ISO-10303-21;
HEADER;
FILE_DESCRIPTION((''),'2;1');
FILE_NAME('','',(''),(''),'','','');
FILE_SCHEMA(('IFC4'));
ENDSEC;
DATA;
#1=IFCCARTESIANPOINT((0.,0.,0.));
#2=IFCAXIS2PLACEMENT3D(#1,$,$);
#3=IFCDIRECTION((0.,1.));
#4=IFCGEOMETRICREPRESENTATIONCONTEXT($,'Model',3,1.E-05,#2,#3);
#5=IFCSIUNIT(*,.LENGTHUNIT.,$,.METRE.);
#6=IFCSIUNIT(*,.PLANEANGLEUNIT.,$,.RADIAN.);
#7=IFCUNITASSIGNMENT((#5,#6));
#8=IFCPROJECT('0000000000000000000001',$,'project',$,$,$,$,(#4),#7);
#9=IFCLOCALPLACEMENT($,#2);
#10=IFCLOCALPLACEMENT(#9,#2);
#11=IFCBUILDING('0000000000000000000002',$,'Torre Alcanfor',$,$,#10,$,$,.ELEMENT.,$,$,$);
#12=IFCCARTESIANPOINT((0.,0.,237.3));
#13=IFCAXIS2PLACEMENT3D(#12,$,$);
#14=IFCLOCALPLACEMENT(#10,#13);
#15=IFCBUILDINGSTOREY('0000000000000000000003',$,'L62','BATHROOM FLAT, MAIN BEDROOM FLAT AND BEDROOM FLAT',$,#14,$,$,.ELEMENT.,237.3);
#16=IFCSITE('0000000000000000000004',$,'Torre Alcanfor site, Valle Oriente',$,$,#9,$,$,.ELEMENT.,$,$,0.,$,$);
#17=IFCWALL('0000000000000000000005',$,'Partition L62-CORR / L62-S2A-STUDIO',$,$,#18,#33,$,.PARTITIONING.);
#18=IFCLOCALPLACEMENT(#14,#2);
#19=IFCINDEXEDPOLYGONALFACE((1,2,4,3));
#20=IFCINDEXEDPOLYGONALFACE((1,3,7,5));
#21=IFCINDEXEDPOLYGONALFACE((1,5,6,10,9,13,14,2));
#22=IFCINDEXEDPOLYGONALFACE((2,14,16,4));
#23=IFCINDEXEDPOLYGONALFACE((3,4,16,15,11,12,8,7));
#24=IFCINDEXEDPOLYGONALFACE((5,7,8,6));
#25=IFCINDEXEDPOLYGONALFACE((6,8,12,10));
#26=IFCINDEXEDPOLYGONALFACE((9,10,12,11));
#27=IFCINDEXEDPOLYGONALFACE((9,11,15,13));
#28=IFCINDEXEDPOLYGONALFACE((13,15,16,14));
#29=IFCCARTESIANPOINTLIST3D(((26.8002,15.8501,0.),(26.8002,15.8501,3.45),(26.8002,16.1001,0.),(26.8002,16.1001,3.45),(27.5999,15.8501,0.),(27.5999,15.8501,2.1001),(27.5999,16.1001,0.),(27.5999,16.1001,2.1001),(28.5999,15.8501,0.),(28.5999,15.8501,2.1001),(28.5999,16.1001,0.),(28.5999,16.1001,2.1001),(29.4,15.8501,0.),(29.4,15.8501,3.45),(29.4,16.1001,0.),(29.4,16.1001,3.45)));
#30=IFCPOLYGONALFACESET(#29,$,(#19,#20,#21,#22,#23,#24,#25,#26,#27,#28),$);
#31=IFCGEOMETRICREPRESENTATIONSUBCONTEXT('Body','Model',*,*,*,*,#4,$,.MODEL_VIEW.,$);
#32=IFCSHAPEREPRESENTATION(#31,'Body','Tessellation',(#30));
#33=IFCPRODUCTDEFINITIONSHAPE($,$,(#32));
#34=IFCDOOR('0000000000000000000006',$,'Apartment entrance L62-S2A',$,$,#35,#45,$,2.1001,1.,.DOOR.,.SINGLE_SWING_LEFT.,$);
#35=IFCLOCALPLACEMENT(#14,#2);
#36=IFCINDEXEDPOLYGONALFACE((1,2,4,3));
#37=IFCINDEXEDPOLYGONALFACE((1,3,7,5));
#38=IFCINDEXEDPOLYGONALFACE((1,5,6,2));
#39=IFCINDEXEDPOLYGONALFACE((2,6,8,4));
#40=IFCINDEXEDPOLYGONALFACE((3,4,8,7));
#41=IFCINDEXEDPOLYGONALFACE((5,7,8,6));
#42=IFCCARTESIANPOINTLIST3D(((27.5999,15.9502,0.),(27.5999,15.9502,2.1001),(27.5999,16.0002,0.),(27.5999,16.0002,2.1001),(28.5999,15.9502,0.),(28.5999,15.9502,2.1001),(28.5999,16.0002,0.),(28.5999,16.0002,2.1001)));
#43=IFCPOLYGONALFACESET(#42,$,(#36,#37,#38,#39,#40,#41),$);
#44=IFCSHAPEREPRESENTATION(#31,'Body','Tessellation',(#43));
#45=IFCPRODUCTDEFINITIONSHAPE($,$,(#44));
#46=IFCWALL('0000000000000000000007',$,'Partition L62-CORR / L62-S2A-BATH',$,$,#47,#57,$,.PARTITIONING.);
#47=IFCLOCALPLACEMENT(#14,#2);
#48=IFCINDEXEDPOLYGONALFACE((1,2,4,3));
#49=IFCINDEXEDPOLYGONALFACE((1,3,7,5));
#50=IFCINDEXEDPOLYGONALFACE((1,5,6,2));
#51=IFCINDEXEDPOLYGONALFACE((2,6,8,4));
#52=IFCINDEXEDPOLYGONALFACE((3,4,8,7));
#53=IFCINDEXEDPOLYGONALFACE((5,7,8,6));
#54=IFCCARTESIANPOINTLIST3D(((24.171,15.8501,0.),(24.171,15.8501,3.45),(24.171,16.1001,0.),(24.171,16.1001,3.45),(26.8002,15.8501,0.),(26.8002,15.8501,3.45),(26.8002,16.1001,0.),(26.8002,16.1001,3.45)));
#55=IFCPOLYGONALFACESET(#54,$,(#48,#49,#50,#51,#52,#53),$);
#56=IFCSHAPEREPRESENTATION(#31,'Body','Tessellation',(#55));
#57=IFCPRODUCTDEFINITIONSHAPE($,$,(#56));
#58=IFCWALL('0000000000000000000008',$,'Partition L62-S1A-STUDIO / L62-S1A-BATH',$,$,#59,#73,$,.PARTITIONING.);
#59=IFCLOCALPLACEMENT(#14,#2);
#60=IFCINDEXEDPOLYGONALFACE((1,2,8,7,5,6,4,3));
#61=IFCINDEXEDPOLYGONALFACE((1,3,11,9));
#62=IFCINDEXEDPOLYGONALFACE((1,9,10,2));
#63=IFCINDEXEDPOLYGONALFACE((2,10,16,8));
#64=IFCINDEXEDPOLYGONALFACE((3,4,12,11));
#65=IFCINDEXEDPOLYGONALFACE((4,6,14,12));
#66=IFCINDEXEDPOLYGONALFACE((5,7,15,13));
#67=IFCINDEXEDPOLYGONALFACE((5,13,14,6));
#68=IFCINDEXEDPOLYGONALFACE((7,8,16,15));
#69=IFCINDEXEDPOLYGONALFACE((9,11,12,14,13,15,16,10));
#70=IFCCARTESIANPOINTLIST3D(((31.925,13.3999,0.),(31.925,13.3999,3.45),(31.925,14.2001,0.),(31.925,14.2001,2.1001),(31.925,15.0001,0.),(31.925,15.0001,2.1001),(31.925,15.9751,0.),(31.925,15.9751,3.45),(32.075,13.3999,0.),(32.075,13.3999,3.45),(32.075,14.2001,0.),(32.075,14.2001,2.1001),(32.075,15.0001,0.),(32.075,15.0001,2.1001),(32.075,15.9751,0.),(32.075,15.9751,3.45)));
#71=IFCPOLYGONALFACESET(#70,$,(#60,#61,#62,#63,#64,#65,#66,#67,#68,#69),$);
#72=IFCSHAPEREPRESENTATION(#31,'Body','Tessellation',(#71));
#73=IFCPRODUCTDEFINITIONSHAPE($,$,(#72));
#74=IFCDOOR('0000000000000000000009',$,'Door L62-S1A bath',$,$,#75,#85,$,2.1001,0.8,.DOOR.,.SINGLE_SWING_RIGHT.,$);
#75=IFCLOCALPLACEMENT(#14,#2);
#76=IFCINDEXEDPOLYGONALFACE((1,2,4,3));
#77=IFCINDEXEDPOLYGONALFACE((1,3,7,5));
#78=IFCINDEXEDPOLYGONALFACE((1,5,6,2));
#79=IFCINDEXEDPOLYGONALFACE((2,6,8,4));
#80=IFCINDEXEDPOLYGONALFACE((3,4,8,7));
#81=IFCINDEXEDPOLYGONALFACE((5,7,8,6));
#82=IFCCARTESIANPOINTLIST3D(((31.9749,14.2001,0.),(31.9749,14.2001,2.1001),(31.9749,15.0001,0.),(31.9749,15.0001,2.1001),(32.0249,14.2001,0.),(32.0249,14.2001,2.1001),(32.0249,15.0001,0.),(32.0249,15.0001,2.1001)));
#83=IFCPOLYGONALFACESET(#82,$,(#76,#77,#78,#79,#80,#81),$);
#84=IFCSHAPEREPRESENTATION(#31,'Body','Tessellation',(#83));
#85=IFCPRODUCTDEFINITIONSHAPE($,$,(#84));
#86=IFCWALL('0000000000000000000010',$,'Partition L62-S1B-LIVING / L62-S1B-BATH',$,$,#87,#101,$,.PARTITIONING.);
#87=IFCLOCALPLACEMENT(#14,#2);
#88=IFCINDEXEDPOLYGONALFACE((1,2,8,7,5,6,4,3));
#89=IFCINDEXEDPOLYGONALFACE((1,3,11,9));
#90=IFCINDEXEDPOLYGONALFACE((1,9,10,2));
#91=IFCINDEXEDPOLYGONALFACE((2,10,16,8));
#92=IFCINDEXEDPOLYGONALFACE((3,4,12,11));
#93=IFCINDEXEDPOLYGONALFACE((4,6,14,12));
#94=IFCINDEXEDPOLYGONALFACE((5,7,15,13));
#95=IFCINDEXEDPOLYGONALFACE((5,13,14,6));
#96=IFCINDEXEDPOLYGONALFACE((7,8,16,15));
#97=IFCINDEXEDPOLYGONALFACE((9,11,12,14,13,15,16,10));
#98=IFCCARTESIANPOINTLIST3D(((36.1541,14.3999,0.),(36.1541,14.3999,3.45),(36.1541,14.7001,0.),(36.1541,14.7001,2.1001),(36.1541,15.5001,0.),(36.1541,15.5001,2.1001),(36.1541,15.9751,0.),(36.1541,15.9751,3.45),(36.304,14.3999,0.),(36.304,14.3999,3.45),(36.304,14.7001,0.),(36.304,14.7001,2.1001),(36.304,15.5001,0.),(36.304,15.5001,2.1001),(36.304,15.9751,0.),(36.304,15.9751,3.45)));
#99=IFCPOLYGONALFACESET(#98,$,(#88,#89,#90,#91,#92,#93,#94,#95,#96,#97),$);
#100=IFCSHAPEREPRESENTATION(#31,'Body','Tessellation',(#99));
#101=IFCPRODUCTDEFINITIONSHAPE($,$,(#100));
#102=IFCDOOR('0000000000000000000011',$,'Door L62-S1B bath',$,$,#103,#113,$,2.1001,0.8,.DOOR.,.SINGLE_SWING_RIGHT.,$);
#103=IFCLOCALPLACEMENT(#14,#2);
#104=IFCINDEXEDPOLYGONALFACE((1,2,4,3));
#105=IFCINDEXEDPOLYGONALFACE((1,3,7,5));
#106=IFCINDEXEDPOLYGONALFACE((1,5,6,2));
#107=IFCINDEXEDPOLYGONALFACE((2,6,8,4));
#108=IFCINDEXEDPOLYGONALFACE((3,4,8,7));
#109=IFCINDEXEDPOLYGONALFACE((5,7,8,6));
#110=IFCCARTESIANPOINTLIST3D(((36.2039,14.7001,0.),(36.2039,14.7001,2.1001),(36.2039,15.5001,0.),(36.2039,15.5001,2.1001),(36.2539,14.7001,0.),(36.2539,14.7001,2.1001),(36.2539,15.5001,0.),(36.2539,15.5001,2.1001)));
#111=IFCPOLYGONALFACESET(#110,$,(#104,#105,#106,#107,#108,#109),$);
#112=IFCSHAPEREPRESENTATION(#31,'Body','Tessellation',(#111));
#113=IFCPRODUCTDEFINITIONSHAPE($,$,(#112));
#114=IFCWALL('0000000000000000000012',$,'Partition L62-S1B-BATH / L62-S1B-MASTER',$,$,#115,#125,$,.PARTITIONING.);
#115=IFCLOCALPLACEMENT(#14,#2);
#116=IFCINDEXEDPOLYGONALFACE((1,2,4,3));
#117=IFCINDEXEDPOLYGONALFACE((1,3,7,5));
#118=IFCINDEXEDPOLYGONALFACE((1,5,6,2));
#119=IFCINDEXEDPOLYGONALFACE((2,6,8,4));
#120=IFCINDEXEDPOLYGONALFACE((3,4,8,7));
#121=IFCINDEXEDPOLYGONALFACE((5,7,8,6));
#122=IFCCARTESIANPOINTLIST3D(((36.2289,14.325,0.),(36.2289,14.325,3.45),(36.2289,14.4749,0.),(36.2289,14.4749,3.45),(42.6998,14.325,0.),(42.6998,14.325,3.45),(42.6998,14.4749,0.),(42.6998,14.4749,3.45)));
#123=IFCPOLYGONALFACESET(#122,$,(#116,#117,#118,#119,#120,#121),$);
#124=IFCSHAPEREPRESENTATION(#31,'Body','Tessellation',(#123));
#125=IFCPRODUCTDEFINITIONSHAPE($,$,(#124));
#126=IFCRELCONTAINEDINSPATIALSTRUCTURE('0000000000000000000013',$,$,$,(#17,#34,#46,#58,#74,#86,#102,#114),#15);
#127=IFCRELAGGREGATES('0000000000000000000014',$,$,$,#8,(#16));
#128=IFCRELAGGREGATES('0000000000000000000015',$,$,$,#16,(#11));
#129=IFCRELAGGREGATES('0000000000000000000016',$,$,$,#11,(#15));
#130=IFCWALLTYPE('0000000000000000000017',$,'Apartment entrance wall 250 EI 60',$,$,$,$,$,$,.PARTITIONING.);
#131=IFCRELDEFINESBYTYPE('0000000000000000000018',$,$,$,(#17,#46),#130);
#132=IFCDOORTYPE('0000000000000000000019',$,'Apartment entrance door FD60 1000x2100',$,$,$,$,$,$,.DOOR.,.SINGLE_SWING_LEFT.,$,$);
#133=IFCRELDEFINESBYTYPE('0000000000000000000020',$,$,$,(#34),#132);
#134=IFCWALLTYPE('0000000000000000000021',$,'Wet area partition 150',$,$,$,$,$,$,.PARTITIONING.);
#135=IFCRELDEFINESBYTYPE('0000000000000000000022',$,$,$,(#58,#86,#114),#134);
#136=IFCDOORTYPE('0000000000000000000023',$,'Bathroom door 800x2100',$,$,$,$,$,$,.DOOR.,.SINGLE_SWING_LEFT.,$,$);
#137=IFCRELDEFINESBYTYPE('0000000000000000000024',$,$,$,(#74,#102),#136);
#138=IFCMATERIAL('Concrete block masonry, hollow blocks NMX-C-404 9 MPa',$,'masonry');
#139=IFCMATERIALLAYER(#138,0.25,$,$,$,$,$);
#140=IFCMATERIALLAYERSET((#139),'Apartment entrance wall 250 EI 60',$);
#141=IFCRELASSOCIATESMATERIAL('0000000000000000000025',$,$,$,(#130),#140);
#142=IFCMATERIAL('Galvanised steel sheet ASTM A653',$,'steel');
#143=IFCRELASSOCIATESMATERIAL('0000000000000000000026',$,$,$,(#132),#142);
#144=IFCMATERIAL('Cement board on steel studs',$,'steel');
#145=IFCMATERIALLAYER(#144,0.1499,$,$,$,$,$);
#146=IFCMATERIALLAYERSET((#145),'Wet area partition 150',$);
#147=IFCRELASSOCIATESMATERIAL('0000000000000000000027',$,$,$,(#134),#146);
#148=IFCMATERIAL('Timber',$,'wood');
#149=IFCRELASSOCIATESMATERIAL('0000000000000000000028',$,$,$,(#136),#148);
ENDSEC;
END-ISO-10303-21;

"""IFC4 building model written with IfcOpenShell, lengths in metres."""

from ifc_helpers import new_model, si_unit, direction, frame, frame_2d, origin, place, context, subcontext, project, spatial, rectangle, extrude, material, layer, layer_set, type_object, element, fill, save


model = new_model("IFC4")

# Units and contexts
model_context = context("Model", 3, precision=1e-05, world=origin(), true_north=direction((0.0, 1.0)))
body_context = subcontext(model_context, "Body", "Model", "MODEL_VIEW")
ifc_project = project(units=[si_unit("LENGTHUNIT", "METRE"), si_unit("PLANEANGLEUNIT", "RADIAN")], contexts=[model_context])

# Site, building, storey
site_placement = place(None, origin())
site = spatial("IfcSite", under=ifc_project, at=site_placement, Name="Torre Alcanfor site, Valle Oriente", CompositionType="ELEMENT", RefElevation=0.0)
building_placement = place(site_placement, origin())
building = spatial("IfcBuilding", under=site, at=building_placement, Name="Torre Alcanfor", CompositionType="ELEMENT")
storey_placement = place(building_placement, frame((0.0, 0.0, 237.3)))
storey = spatial("IfcBuildingStorey", under=building, at=storey_placement, Name="L62", Description="BATHROOM FLAT, MAIN BEDROOM FLAT AND BEDROOM FLAT", CompositionType="ELEMENT", Elevation=237.3)

# Shared definitions
ifc_material_1 = material(Name="Concrete block masonry, hollow blocks NMX-C-404 9 MPa", Category="masonry")
ifc_layer_1 = layer(ifc_material_1, 0.25)
ifc_layer_set_1 = layer_set([ifc_layer_1], Name="Apartment entrance wall 250 EI 60")
wall_type_1 = type_object("IfcWallType", Name="Apartment entrance wall 250 EI 60", PredefinedType="PARTITIONING", material=ifc_layer_set_1)
ifc_material_2 = material(Name="Galvanised steel sheet ASTM A653", Category="steel")
door_type_1 = type_object("IfcDoorType", Name="Apartment entrance door FD60 1000x2100", OperationType="SINGLE_SWING_LEFT", PredefinedType="DOOR", material=ifc_material_2)

# Wall, opening, door
wall_1_placement = place(storey_placement, frame((29.3999, 15.9751, 0.0), z_axis=(0.0, 0.0, 1.0), x_axis=(-1.0, 0.0, 0.0)))
wall_1 = element("IfcWall", 1, at=wall_1_placement, inside=storey, type_object=wall_type_1, Name="Partition L62-CORR / L62-S2A-STUDIO", PredefinedType="PARTITIONING", context=body_context, shape_type="SweptSolid", body=[
    extrude(rectangle(XDim=2.5999, YDim=0.25, at=frame_2d((1.2998, 0.0))), origin(), (0.0, 0.0, 1.0), 3.45),
])
opening_1_placement = place(wall_1_placement, frame((0.8, 0.0, 0.0)))
opening_1 = element("IfcOpeningElement", 2, at=opening_1_placement, cuts=wall_1, PredefinedType="OPENING", context=body_context, shape_type="SweptSolid", body=[
    extrude(rectangle(XDim=1.0, YDim=2.1001, at=frame_2d((0.5, 1.05))), frame((0.0, 0.135, 0.0), z_axis=(0.0, -1.0, 0.0), x_axis=(1.0, 0.0, 0.0)), (0.0, 0.0, 1.0), 0.27),
])
door_1_placement = place(opening_1_placement, origin())
door_1 = element("IfcDoor", 3, at=door_1_placement, inside=storey, type_object=door_type_1, Name="Apartment entrance L62-S2A", OperationType="SINGLE_SWING_LEFT", OverallHeight=2.1001, OverallWidth=1.0, PredefinedType="DOOR", context=body_context, shape_type="SweptSolid", body=[
    extrude(rectangle(XDim=1.0, YDim=2.1001, at=frame_2d((0.5, 1.05))), frame((0.0, 0.0249, 0.0), z_axis=(0.0, -1.0, 0.0), x_axis=(1.0, 0.0, 0.0)), (0.0, 0.0, 1.0), 0.05),
])
fill(opening_1, door_1)

# Wall
wall_2_placement = place(storey_placement, frame((26.8, 15.9751, 0.0), z_axis=(0.0, 0.0, 1.0), x_axis=(-1.0, 0.0, 0.0)))
element("IfcWall", 4, at=wall_2_placement, inside=storey, type_object=wall_type_1, Name="Partition L62-CORR / L62-S2A-BATH", PredefinedType="PARTITIONING", context=body_context, shape_type="SweptSolid", body=[
    extrude(rectangle(XDim=2.6292, YDim=0.25, at=frame_2d((1.3145, 0.0))), origin(), (0.0, 0.0, 1.0), 3.45),
])

# Walls, openings, doors
ifc_material_3 = material(Name="Cement board on steel studs", Category="steel")
ifc_layer_2 = layer(ifc_material_3, 0.1499)
ifc_layer_set_2 = layer_set([ifc_layer_2], Name="Wet area partition 150")
wall_type_2 = type_object("IfcWallType", Name="Wet area partition 150", PredefinedType="PARTITIONING", material=ifc_layer_set_2)
wall_3_placement = place(storey_placement, frame((32.0, 15.9751, 0.0), z_axis=(0.0, 0.0, 1.0), x_axis=(0.0, -1.0, 0.0)))
wall_3 = element("IfcWall", 5, at=wall_3_placement, inside=storey, type_object=wall_type_2, Name="Partition L62-S1A-STUDIO / L62-S1A-BATH", PredefinedType="PARTITIONING", context=body_context, shape_type="SweptSolid", body=[
    extrude(rectangle(XDim=2.5752, YDim=0.1499, at=frame_2d((1.2876, 0.0))), origin(), (0.0, 0.0, 1.0), 3.45),
])
opening_2_placement = place(wall_3_placement, frame((0.9751, 0.0, 0.0)))
opening_2 = element("IfcOpeningElement", 6, at=opening_2_placement, cuts=wall_3, PredefinedType="OPENING", context=body_context, shape_type="SweptSolid", body=[
    extrude(rectangle(XDim=0.8, YDim=2.1001, at=frame_2d((0.3999, 1.05))), frame((0.0, 0.085, 0.0), z_axis=(0.0, -1.0, 0.0), x_axis=(1.0, 0.0, 0.0)), (0.0, 0.0, 1.0), 0.1699),
])
ifc_material_4 = material(Name="Timber", Category="wood")
door_type_2 = type_object("IfcDoorType", Name="Bathroom door 800x2100", OperationType="SINGLE_SWING_LEFT", PredefinedType="DOOR", material=ifc_material_4)
door_2_placement = place(opening_2_placement, origin())
door_2 = element("IfcDoor", 7, at=door_2_placement, inside=storey, type_object=door_type_2, Name="Door L62-S1A bath", OperationType="SINGLE_SWING_RIGHT", OverallHeight=2.1001, OverallWidth=0.8, PredefinedType="DOOR", context=body_context, shape_type="SweptSolid", body=[
    extrude(rectangle(XDim=0.8, YDim=2.1001, at=frame_2d((0.3999, 1.05))), frame((0.0, 0.0249, 0.0), z_axis=(0.0, -1.0, 0.0), x_axis=(1.0, 0.0, 0.0)), (0.0, 0.0, 1.0), 0.05),
])
fill(opening_2, door_2)
wall_4_placement = place(storey_placement, frame((36.229, 15.9751, 0.0), z_axis=(0.0, 0.0, 1.0), x_axis=(0.0, -1.0, 0.0)))
wall_4 = element("IfcWall", 8, at=wall_4_placement, inside=storey, type_object=wall_type_2, Name="Partition L62-S1B-LIVING / L62-S1B-BATH", PredefinedType="PARTITIONING", context=body_context, shape_type="SweptSolid", body=[
    extrude(rectangle(XDim=1.5752, YDim=0.1499, at=frame_2d((0.7876, 0.0))), origin(), (0.0, 0.0, 1.0), 3.45),
])
opening_3_placement = place(wall_4_placement, frame((0.4751, 0.0, 0.0)))
opening_3 = element("IfcOpeningElement", 9, at=opening_3_placement, cuts=wall_4, PredefinedType="OPENING", context=body_context, shape_type="SweptSolid", body=[
    extrude(rectangle(XDim=0.8, YDim=2.1001, at=frame_2d((0.3999, 1.05))), frame((0.0, 0.085, 0.0), z_axis=(0.0, -1.0, 0.0), x_axis=(1.0, 0.0, 0.0)), (0.0, 0.0, 1.0), 0.1699),
])
door_3_placement = place(opening_3_placement, origin())
door_3 = element("IfcDoor", 10, at=door_3_placement, inside=storey, type_object=door_type_2, Name="Door L62-S1B bath", OperationType="SINGLE_SWING_RIGHT", OverallHeight=2.1001, OverallWidth=0.8, PredefinedType="DOOR", context=body_context, shape_type="SweptSolid", body=[
    extrude(rectangle(XDim=0.8, YDim=2.1001, at=frame_2d((0.3999, 1.05))), frame((0.0, 0.0249, 0.0), z_axis=(0.0, -1.0, 0.0), x_axis=(1.0, 0.0, 0.0)), (0.0, 0.0, 1.0), 0.05),
])
fill(opening_3, door_3)

# Wall
wall_5_placement = place(storey_placement, frame((36.229, 14.3999, 0.0), z_axis=(0.0, 0.0, 1.0), x_axis=(1.0, 0.0, 0.0)))
element("IfcWall", 11, at=wall_5_placement, inside=storey, type_object=wall_type_2, Name="Partition L62-S1B-BATH / L62-S1B-MASTER", PredefinedType="PARTITIONING", context=body_context, shape_type="SweptSolid", body=[
    extrude(rectangle(XDim=6.4709, YDim=0.1499, at=frame_2d((3.2354, 0.0))), origin(), (0.0, 0.0, 1.0), 3.45),
])

save(model, "model.ifc")
